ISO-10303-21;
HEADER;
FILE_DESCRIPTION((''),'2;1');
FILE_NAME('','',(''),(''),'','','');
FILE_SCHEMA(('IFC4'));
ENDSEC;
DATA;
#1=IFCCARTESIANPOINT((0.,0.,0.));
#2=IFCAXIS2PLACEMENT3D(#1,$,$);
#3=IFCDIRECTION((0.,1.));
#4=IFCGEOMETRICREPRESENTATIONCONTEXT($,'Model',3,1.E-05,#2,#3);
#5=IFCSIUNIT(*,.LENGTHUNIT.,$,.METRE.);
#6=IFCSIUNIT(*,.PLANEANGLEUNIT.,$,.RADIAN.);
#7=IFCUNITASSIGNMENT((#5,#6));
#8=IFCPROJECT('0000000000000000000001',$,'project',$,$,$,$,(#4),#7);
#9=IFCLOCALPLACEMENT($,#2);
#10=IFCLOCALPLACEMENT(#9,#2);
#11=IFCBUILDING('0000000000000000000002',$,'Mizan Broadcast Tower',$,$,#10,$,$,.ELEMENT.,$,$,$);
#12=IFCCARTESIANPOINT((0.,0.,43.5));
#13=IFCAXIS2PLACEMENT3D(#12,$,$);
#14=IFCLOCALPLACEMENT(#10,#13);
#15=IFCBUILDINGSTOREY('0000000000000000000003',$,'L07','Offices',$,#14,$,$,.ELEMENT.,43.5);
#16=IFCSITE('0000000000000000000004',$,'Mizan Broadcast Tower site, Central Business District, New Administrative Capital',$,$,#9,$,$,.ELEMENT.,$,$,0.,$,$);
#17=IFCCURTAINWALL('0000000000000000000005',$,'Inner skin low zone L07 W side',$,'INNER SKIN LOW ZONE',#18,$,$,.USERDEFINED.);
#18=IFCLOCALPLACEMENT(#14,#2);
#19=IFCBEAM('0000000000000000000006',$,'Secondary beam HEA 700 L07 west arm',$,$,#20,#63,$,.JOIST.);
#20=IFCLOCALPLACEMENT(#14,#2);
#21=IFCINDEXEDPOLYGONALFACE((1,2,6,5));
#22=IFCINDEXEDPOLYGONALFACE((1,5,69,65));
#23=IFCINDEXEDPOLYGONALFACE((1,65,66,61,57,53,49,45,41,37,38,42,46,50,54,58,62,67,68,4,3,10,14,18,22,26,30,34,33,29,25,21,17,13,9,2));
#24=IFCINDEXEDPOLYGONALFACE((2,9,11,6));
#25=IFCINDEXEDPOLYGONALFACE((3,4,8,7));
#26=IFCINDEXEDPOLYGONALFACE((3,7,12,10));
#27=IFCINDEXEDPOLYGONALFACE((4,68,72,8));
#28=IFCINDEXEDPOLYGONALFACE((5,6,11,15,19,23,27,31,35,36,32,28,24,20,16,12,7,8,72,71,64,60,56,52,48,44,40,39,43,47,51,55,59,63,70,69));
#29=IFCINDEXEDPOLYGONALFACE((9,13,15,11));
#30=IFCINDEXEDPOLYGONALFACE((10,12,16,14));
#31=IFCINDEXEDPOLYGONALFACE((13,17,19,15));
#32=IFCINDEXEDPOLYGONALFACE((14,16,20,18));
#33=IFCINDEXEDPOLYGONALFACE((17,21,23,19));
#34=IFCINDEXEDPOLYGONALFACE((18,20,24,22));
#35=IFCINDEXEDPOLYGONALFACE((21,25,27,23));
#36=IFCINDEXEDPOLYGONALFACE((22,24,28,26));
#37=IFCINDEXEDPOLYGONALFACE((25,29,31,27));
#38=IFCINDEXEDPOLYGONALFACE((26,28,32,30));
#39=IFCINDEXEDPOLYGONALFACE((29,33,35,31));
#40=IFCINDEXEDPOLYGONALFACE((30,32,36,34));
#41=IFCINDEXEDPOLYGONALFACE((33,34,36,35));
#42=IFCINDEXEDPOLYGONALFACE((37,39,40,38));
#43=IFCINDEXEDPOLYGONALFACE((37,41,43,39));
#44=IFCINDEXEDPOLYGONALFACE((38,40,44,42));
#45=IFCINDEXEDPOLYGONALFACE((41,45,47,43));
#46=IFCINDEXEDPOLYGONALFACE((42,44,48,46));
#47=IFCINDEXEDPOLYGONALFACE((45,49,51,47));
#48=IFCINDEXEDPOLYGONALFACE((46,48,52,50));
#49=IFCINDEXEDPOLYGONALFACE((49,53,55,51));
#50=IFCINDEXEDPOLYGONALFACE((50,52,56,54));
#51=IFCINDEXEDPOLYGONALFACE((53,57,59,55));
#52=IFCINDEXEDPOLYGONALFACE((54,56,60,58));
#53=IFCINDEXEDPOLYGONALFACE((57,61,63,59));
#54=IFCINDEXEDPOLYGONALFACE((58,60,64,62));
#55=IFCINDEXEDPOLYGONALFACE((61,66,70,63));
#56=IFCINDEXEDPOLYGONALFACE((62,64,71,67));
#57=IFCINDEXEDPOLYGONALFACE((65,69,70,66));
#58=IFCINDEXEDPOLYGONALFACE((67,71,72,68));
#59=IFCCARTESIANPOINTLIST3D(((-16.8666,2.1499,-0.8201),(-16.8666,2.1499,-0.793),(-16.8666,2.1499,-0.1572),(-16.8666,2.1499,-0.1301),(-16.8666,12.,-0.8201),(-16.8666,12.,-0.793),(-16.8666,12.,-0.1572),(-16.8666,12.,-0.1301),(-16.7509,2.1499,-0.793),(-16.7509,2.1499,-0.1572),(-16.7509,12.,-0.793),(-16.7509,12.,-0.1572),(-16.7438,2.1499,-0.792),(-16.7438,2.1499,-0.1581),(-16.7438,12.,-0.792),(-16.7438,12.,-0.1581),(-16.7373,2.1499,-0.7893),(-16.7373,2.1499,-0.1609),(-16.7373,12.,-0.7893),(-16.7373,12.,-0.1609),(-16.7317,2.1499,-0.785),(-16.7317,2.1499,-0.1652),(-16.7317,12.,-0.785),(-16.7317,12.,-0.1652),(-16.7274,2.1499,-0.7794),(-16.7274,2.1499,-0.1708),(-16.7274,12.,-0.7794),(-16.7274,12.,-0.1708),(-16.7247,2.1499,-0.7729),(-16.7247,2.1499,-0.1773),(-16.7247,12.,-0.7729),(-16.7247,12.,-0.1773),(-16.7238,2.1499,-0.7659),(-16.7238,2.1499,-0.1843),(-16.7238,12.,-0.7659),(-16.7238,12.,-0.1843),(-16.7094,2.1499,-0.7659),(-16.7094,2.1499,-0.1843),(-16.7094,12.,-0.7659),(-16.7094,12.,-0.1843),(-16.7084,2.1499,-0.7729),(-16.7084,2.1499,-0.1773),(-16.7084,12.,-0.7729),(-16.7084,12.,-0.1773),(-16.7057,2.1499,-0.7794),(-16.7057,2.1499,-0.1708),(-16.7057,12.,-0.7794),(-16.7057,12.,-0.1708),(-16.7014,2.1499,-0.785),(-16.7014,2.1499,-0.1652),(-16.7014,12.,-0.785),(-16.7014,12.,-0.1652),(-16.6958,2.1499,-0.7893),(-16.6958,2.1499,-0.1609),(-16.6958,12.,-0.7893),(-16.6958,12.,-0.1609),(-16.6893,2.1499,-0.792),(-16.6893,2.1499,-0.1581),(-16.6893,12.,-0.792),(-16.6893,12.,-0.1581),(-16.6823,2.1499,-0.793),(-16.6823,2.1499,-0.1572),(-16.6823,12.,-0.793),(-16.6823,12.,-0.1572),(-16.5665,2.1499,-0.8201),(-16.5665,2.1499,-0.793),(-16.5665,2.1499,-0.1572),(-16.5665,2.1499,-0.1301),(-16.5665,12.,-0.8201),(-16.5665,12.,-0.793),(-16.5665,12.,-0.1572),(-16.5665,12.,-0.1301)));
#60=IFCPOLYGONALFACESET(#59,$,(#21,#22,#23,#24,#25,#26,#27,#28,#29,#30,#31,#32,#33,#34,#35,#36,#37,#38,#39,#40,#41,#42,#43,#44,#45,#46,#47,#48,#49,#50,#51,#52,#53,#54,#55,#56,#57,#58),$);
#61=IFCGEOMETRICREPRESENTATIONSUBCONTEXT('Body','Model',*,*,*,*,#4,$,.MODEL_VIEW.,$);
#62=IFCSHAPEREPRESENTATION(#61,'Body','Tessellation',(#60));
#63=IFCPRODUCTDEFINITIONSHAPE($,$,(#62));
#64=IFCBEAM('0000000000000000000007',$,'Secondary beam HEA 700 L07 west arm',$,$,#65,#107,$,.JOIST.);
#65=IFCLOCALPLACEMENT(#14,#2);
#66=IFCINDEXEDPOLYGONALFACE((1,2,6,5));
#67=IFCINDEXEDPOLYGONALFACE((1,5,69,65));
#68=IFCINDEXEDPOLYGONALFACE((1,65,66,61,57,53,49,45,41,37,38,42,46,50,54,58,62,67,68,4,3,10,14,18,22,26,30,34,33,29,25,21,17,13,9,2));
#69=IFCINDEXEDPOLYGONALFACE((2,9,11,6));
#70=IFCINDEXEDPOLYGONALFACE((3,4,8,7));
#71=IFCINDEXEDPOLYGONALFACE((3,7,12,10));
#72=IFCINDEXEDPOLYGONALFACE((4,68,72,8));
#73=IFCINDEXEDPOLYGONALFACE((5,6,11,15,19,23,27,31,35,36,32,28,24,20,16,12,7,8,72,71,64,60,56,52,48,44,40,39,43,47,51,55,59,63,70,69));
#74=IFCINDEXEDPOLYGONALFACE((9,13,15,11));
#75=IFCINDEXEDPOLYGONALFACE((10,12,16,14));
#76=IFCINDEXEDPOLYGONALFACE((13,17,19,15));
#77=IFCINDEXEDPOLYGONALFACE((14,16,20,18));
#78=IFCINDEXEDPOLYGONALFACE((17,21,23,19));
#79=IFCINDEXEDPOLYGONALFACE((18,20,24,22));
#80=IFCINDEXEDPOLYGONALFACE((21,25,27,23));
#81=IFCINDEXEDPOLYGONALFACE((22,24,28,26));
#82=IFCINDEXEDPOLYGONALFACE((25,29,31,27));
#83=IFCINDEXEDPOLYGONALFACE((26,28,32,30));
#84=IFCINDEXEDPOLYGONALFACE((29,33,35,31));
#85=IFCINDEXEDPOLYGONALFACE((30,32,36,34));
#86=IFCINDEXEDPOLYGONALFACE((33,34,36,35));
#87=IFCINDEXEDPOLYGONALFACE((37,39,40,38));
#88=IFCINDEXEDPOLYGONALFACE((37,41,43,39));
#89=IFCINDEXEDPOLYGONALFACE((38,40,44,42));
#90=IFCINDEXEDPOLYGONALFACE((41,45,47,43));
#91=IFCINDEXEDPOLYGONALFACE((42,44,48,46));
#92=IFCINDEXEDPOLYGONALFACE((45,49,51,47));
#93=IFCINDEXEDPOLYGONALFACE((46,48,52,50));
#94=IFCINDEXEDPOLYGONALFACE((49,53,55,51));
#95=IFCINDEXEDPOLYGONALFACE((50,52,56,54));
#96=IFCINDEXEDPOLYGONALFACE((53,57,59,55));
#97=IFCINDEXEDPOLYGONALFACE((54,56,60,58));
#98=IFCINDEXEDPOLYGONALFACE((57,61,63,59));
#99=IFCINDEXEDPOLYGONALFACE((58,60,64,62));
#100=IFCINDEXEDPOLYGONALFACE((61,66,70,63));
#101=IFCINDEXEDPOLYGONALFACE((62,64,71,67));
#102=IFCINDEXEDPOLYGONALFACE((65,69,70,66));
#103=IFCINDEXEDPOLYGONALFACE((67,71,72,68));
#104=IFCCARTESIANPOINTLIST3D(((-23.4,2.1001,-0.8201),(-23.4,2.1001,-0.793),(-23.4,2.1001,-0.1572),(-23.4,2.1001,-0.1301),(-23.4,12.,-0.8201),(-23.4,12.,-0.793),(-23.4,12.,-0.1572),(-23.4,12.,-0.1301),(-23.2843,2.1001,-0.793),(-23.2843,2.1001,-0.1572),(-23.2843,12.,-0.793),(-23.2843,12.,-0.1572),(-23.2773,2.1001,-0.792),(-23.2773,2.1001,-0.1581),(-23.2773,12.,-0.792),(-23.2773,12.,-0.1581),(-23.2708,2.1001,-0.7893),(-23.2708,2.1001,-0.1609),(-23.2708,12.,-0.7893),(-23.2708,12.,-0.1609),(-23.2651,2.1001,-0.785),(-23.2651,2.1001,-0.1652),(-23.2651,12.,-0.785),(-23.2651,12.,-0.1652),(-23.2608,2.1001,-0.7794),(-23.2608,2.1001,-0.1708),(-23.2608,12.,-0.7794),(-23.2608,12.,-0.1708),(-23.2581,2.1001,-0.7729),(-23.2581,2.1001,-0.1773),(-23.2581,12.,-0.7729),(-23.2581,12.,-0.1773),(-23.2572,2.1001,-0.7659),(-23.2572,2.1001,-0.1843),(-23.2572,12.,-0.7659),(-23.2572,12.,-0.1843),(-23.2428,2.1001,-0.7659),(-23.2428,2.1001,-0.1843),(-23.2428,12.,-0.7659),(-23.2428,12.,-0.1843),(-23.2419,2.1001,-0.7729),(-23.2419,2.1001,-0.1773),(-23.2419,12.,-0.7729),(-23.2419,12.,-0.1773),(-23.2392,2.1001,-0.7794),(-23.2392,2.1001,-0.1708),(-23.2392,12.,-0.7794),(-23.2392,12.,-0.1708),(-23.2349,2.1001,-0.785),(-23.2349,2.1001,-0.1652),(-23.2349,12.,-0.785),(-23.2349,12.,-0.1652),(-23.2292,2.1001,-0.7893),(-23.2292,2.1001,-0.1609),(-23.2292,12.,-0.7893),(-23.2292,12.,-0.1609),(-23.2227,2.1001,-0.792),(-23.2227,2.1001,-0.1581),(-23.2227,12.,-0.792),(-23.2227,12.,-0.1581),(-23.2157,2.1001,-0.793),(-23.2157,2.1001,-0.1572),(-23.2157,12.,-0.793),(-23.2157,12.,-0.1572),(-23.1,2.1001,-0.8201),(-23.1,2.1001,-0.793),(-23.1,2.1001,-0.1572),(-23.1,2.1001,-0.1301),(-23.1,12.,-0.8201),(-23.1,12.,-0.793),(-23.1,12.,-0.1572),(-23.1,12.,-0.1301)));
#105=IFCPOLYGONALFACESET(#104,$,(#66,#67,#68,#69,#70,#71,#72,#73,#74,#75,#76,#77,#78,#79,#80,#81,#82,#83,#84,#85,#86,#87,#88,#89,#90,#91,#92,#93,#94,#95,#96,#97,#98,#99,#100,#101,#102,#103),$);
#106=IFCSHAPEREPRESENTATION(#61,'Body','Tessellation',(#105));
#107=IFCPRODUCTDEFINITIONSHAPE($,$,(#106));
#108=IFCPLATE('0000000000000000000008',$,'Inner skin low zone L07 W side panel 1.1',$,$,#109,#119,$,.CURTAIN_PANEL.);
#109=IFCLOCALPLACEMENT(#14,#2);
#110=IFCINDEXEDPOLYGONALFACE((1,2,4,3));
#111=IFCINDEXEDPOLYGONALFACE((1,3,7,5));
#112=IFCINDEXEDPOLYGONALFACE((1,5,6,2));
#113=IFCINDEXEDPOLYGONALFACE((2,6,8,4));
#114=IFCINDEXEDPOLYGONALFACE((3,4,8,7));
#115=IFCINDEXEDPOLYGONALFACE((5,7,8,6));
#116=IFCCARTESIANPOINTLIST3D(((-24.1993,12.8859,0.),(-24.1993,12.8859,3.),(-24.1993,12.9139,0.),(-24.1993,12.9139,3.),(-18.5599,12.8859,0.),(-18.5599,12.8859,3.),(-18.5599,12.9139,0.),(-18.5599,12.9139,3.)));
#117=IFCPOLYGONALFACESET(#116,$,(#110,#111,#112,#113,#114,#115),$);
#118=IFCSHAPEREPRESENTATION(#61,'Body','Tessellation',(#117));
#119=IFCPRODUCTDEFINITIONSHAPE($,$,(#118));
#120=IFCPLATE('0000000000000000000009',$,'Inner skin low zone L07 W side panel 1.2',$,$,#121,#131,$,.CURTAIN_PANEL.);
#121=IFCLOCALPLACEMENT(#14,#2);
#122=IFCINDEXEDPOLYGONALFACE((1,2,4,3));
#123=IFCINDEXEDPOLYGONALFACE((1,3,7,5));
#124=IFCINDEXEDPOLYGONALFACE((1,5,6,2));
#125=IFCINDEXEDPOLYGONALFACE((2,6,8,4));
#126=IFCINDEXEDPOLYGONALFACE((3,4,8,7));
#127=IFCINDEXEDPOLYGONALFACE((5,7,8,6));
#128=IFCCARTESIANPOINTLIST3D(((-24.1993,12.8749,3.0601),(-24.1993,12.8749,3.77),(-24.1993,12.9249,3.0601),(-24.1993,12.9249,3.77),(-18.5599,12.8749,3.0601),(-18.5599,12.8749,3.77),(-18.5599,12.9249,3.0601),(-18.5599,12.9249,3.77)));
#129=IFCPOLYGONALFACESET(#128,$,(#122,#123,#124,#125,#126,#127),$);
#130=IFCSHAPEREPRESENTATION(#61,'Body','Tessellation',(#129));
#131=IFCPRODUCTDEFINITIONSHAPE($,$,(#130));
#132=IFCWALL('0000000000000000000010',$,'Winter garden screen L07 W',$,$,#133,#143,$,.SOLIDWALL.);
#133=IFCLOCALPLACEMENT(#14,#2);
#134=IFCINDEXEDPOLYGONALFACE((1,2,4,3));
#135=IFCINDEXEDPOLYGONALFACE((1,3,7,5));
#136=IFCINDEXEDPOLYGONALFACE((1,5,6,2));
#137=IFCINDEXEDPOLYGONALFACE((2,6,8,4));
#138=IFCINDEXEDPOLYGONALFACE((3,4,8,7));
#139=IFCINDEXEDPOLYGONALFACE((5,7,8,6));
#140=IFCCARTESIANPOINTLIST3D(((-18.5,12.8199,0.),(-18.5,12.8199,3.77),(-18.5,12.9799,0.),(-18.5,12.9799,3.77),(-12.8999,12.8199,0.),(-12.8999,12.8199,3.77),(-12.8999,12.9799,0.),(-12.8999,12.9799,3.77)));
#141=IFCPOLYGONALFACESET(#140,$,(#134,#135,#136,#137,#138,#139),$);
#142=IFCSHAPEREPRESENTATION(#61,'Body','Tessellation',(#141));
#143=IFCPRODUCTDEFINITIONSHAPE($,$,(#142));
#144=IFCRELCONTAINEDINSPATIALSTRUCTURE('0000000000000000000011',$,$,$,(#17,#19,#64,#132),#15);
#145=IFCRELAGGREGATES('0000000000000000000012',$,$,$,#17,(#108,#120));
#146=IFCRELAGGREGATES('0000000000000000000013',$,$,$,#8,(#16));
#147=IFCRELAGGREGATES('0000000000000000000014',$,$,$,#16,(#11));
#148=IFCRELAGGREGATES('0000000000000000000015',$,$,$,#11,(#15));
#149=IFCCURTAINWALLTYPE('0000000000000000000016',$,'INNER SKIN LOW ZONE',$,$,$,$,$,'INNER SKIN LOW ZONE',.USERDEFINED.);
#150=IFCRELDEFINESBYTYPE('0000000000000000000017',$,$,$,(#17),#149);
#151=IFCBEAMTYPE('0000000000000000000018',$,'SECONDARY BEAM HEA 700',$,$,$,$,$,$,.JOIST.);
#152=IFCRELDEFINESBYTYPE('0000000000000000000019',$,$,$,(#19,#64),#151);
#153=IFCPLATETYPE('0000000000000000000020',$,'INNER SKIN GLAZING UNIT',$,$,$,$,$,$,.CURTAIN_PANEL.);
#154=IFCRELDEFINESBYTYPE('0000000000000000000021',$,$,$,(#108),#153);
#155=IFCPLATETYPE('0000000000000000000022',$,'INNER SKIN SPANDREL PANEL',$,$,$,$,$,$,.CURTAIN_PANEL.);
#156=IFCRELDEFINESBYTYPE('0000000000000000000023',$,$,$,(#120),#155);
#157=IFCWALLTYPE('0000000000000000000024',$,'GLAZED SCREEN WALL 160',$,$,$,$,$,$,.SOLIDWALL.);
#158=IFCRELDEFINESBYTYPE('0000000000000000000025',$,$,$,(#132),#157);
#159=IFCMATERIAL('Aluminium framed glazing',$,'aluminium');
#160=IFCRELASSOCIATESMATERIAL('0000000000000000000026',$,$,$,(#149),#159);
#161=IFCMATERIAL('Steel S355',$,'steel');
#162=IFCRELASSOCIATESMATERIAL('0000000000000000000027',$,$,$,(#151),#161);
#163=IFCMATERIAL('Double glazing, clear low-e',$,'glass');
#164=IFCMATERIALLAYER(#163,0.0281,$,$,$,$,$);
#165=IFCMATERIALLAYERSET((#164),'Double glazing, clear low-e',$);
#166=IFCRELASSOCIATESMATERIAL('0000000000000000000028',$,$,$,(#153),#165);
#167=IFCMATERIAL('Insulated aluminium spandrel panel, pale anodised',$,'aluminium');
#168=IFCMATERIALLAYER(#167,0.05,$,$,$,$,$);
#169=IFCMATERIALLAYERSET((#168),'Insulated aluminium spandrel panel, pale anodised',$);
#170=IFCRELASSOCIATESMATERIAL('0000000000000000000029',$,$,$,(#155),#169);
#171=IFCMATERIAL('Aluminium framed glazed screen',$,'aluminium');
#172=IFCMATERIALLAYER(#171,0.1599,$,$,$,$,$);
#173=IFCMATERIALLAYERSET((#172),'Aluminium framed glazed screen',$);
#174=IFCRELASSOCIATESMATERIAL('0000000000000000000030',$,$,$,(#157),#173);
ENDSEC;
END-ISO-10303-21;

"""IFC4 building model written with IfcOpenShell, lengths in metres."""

from ifc_helpers import new_model, si_unit, direction, frame, frame_2d, origin, origin_2d, place, context, subcontext, project, spatial, rectangle, i_section, extrude, material, layer, layer_set, material_profile, profile_set, type_object, element, aggregate, save


model = new_model("IFC4")

# Units and contexts
model_context = context("Model", 3, precision=1e-05, world=origin(), true_north=direction((0.0, 1.0)))
body_context = subcontext(model_context, "Body", "Model", "MODEL_VIEW")
ifc_project = project(units=[si_unit("LENGTHUNIT", "METRE"), si_unit("PLANEANGLEUNIT", "RADIAN")], contexts=[model_context])

# Site, building, storey
site_placement = place(None, origin())
site = spatial("IfcSite", under=ifc_project, at=site_placement, Name="Mizan Broadcast Tower site, Central Business District, New Administrative Capital", CompositionType="ELEMENT", RefElevation=0.0)
building_placement = place(site_placement, origin())
building = spatial("IfcBuilding", under=site, at=building_placement, Name="Mizan Broadcast Tower", CompositionType="ELEMENT")
storey_placement = place(building_placement, frame((0.0, 0.0, 43.5)))
storey = spatial("IfcBuildingStorey", under=building, at=storey_placement, Name="L07", Description="Offices", CompositionType="ELEMENT", Elevation=43.5)

# Curtain wall
ifc_material_1 = material(Name="Aluminium framed glazing", Category="aluminium")
curtain_wall_type = type_object("IfcCurtainWallType", Name="INNER SKIN LOW ZONE", ElementType="INNER SKIN LOW ZONE", PredefinedType="USERDEFINED", material=ifc_material_1)
curtain_wall_placement = place(storey_placement, origin())
curtain_wall = element("IfcCurtainWall", 1, at=curtain_wall_placement, inside=storey, type_object=curtain_wall_type, Name="Inner skin low zone L07 W side", ObjectType="INNER SKIN LOW ZONE", PredefinedType="USERDEFINED")

# Beams
ifc_material_2 = material(Name="Steel S355", Category="steel")
ifc_material_profile_1 = material_profile(ifc_material_2, i_section(OverallWidth=0.3, OverallDepth=0.6899, WebThickness=0.0144, FlangeThickness=0.0271, FilletRadius=0.0271, at=origin_2d()), Name="HEA 700")
ifc_profile_set_1 = profile_set([ifc_material_profile_1], Name="Steel S355")
beam_type_1 = type_object("IfcBeamType", Name="SECONDARY BEAM HEA 700", PredefinedType="JOIST", material=ifc_profile_set_1)
for number, where, z_axis, x_axis, name in (
    (2, (-16.7166, 12.0, -0.4751), (0.0, -1.0, 0.0), (1.0, 0.0, 0.0), "Secondary beam HEA 700 L07 west arm"),
):
    element("IfcBeam", number, at=place(storey_placement, frame(where, z_axis=z_axis, x_axis=x_axis)), inside=storey, type_object=beam_type_1, Name=name, PredefinedType="JOIST", context=body_context, shape_type="SweptSolid", body=[
        extrude(i_section(OverallWidth=0.3, OverallDepth=0.6899, WebThickness=0.0144, FlangeThickness=0.0271, FilletRadius=0.0271, at=origin_2d()), origin(), (0.0, 0.0, 1.0), 9.8501),
    ])
beam_1_placement = place(storey_placement, frame((-23.25, 12.0, -0.4751), z_axis=(0.0, -1.0, 0.0), x_axis=(1.0, 0.0, 0.0)))
element("IfcBeam", 3, at=beam_1_placement, inside=storey, type_object=beam_type_1, Name="Secondary beam HEA 700 L07 west arm", PredefinedType="JOIST", context=body_context, shape_type="SweptSolid", body=[
    extrude(i_section(OverallWidth=0.3, OverallDepth=0.6899, WebThickness=0.0144, FlangeThickness=0.0271, FilletRadius=0.0271, at=origin_2d()), origin(), (0.0, 0.0, 1.0), 9.8999),
])

# Plates
ifc_material_3 = material(Name="Double glazing, clear low-e", Category="glass")
ifc_layer_1 = layer(ifc_material_3, 0.0281)
ifc_layer_set_1 = layer_set([ifc_layer_1], Name="Double glazing, clear low-e")
plate_type_1 = type_object("IfcPlateType", Name="INNER SKIN GLAZING UNIT", PredefinedType="CURTAIN_PANEL", material=ifc_layer_set_1)
plate_1_placement = place(storey_placement, frame((-21.3796, 12.8999, 0.0), z_axis=(0.0, 0.0, 1.0), x_axis=(-1.0, 0.0, 0.0)))
plate_1 = element("IfcPlate", 4, at=plate_1_placement, type_object=plate_type_1, Name="Inner skin low zone L07 W side panel 1.1", PredefinedType="CURTAIN_PANEL", context=body_context, shape_type="SweptSolid", body=[
    extrude(rectangle(XDim=5.6394, YDim=0.0281, at=origin_2d()), origin(), (0.0, 0.0, 1.0), 3.0),
])
ifc_material_4 = material(Name="Insulated aluminium spandrel panel, pale anodised", Category="aluminium")
ifc_layer_2 = layer(ifc_material_4, 0.05)
ifc_layer_set_2 = layer_set([ifc_layer_2], Name="Insulated aluminium spandrel panel, pale anodised")
plate_type_2 = type_object("IfcPlateType", Name="INNER SKIN SPANDREL PANEL", PredefinedType="CURTAIN_PANEL", material=ifc_layer_set_2)
plate_2_placement = place(storey_placement, frame((-21.3796, 12.8999, 3.0601), z_axis=(0.0, 0.0, 1.0), x_axis=(-1.0, 0.0, 0.0)))
plate_2 = element("IfcPlate", 5, at=plate_2_placement, type_object=plate_type_2, Name="Inner skin low zone L07 W side panel 1.2", PredefinedType="CURTAIN_PANEL", context=body_context, shape_type="SweptSolid", body=[
    extrude(rectangle(XDim=5.6394, YDim=0.05, at=origin_2d()), origin(), (0.0, 0.0, 1.0), 0.71),
])
aggregate(curtain_wall, [plate_1, plate_2])

# Wall
ifc_material_5 = material(Name="Aluminium framed glazed screen", Category="aluminium")
ifc_layer_3 = layer(ifc_material_5, 0.1599)
ifc_layer_set_3 = layer_set([ifc_layer_3], Name="Aluminium framed glazed screen")
wall_type_1 = type_object("IfcWallType", Name="GLAZED SCREEN WALL 160", PredefinedType="SOLIDWALL", material=ifc_layer_set_3)
wall_1_placement = place(storey_placement, frame((-12.8999, 12.8999, 0.0), z_axis=(0.0, 0.0, 1.0), x_axis=(-1.0, 0.0, 0.0)))
element("IfcWall", 6, at=wall_1_placement, inside=storey, type_object=wall_type_1, Name="Winter garden screen L07 W", PredefinedType="SOLIDWALL", context=body_context, shape_type="SweptSolid", body=[
    extrude(rectangle(XDim=5.6001, YDim=0.1599, at=frame_2d((2.8, 0.0))), origin(), (0.0, 0.0, 1.0), 3.77),
])

save(model, "model.ifc")
